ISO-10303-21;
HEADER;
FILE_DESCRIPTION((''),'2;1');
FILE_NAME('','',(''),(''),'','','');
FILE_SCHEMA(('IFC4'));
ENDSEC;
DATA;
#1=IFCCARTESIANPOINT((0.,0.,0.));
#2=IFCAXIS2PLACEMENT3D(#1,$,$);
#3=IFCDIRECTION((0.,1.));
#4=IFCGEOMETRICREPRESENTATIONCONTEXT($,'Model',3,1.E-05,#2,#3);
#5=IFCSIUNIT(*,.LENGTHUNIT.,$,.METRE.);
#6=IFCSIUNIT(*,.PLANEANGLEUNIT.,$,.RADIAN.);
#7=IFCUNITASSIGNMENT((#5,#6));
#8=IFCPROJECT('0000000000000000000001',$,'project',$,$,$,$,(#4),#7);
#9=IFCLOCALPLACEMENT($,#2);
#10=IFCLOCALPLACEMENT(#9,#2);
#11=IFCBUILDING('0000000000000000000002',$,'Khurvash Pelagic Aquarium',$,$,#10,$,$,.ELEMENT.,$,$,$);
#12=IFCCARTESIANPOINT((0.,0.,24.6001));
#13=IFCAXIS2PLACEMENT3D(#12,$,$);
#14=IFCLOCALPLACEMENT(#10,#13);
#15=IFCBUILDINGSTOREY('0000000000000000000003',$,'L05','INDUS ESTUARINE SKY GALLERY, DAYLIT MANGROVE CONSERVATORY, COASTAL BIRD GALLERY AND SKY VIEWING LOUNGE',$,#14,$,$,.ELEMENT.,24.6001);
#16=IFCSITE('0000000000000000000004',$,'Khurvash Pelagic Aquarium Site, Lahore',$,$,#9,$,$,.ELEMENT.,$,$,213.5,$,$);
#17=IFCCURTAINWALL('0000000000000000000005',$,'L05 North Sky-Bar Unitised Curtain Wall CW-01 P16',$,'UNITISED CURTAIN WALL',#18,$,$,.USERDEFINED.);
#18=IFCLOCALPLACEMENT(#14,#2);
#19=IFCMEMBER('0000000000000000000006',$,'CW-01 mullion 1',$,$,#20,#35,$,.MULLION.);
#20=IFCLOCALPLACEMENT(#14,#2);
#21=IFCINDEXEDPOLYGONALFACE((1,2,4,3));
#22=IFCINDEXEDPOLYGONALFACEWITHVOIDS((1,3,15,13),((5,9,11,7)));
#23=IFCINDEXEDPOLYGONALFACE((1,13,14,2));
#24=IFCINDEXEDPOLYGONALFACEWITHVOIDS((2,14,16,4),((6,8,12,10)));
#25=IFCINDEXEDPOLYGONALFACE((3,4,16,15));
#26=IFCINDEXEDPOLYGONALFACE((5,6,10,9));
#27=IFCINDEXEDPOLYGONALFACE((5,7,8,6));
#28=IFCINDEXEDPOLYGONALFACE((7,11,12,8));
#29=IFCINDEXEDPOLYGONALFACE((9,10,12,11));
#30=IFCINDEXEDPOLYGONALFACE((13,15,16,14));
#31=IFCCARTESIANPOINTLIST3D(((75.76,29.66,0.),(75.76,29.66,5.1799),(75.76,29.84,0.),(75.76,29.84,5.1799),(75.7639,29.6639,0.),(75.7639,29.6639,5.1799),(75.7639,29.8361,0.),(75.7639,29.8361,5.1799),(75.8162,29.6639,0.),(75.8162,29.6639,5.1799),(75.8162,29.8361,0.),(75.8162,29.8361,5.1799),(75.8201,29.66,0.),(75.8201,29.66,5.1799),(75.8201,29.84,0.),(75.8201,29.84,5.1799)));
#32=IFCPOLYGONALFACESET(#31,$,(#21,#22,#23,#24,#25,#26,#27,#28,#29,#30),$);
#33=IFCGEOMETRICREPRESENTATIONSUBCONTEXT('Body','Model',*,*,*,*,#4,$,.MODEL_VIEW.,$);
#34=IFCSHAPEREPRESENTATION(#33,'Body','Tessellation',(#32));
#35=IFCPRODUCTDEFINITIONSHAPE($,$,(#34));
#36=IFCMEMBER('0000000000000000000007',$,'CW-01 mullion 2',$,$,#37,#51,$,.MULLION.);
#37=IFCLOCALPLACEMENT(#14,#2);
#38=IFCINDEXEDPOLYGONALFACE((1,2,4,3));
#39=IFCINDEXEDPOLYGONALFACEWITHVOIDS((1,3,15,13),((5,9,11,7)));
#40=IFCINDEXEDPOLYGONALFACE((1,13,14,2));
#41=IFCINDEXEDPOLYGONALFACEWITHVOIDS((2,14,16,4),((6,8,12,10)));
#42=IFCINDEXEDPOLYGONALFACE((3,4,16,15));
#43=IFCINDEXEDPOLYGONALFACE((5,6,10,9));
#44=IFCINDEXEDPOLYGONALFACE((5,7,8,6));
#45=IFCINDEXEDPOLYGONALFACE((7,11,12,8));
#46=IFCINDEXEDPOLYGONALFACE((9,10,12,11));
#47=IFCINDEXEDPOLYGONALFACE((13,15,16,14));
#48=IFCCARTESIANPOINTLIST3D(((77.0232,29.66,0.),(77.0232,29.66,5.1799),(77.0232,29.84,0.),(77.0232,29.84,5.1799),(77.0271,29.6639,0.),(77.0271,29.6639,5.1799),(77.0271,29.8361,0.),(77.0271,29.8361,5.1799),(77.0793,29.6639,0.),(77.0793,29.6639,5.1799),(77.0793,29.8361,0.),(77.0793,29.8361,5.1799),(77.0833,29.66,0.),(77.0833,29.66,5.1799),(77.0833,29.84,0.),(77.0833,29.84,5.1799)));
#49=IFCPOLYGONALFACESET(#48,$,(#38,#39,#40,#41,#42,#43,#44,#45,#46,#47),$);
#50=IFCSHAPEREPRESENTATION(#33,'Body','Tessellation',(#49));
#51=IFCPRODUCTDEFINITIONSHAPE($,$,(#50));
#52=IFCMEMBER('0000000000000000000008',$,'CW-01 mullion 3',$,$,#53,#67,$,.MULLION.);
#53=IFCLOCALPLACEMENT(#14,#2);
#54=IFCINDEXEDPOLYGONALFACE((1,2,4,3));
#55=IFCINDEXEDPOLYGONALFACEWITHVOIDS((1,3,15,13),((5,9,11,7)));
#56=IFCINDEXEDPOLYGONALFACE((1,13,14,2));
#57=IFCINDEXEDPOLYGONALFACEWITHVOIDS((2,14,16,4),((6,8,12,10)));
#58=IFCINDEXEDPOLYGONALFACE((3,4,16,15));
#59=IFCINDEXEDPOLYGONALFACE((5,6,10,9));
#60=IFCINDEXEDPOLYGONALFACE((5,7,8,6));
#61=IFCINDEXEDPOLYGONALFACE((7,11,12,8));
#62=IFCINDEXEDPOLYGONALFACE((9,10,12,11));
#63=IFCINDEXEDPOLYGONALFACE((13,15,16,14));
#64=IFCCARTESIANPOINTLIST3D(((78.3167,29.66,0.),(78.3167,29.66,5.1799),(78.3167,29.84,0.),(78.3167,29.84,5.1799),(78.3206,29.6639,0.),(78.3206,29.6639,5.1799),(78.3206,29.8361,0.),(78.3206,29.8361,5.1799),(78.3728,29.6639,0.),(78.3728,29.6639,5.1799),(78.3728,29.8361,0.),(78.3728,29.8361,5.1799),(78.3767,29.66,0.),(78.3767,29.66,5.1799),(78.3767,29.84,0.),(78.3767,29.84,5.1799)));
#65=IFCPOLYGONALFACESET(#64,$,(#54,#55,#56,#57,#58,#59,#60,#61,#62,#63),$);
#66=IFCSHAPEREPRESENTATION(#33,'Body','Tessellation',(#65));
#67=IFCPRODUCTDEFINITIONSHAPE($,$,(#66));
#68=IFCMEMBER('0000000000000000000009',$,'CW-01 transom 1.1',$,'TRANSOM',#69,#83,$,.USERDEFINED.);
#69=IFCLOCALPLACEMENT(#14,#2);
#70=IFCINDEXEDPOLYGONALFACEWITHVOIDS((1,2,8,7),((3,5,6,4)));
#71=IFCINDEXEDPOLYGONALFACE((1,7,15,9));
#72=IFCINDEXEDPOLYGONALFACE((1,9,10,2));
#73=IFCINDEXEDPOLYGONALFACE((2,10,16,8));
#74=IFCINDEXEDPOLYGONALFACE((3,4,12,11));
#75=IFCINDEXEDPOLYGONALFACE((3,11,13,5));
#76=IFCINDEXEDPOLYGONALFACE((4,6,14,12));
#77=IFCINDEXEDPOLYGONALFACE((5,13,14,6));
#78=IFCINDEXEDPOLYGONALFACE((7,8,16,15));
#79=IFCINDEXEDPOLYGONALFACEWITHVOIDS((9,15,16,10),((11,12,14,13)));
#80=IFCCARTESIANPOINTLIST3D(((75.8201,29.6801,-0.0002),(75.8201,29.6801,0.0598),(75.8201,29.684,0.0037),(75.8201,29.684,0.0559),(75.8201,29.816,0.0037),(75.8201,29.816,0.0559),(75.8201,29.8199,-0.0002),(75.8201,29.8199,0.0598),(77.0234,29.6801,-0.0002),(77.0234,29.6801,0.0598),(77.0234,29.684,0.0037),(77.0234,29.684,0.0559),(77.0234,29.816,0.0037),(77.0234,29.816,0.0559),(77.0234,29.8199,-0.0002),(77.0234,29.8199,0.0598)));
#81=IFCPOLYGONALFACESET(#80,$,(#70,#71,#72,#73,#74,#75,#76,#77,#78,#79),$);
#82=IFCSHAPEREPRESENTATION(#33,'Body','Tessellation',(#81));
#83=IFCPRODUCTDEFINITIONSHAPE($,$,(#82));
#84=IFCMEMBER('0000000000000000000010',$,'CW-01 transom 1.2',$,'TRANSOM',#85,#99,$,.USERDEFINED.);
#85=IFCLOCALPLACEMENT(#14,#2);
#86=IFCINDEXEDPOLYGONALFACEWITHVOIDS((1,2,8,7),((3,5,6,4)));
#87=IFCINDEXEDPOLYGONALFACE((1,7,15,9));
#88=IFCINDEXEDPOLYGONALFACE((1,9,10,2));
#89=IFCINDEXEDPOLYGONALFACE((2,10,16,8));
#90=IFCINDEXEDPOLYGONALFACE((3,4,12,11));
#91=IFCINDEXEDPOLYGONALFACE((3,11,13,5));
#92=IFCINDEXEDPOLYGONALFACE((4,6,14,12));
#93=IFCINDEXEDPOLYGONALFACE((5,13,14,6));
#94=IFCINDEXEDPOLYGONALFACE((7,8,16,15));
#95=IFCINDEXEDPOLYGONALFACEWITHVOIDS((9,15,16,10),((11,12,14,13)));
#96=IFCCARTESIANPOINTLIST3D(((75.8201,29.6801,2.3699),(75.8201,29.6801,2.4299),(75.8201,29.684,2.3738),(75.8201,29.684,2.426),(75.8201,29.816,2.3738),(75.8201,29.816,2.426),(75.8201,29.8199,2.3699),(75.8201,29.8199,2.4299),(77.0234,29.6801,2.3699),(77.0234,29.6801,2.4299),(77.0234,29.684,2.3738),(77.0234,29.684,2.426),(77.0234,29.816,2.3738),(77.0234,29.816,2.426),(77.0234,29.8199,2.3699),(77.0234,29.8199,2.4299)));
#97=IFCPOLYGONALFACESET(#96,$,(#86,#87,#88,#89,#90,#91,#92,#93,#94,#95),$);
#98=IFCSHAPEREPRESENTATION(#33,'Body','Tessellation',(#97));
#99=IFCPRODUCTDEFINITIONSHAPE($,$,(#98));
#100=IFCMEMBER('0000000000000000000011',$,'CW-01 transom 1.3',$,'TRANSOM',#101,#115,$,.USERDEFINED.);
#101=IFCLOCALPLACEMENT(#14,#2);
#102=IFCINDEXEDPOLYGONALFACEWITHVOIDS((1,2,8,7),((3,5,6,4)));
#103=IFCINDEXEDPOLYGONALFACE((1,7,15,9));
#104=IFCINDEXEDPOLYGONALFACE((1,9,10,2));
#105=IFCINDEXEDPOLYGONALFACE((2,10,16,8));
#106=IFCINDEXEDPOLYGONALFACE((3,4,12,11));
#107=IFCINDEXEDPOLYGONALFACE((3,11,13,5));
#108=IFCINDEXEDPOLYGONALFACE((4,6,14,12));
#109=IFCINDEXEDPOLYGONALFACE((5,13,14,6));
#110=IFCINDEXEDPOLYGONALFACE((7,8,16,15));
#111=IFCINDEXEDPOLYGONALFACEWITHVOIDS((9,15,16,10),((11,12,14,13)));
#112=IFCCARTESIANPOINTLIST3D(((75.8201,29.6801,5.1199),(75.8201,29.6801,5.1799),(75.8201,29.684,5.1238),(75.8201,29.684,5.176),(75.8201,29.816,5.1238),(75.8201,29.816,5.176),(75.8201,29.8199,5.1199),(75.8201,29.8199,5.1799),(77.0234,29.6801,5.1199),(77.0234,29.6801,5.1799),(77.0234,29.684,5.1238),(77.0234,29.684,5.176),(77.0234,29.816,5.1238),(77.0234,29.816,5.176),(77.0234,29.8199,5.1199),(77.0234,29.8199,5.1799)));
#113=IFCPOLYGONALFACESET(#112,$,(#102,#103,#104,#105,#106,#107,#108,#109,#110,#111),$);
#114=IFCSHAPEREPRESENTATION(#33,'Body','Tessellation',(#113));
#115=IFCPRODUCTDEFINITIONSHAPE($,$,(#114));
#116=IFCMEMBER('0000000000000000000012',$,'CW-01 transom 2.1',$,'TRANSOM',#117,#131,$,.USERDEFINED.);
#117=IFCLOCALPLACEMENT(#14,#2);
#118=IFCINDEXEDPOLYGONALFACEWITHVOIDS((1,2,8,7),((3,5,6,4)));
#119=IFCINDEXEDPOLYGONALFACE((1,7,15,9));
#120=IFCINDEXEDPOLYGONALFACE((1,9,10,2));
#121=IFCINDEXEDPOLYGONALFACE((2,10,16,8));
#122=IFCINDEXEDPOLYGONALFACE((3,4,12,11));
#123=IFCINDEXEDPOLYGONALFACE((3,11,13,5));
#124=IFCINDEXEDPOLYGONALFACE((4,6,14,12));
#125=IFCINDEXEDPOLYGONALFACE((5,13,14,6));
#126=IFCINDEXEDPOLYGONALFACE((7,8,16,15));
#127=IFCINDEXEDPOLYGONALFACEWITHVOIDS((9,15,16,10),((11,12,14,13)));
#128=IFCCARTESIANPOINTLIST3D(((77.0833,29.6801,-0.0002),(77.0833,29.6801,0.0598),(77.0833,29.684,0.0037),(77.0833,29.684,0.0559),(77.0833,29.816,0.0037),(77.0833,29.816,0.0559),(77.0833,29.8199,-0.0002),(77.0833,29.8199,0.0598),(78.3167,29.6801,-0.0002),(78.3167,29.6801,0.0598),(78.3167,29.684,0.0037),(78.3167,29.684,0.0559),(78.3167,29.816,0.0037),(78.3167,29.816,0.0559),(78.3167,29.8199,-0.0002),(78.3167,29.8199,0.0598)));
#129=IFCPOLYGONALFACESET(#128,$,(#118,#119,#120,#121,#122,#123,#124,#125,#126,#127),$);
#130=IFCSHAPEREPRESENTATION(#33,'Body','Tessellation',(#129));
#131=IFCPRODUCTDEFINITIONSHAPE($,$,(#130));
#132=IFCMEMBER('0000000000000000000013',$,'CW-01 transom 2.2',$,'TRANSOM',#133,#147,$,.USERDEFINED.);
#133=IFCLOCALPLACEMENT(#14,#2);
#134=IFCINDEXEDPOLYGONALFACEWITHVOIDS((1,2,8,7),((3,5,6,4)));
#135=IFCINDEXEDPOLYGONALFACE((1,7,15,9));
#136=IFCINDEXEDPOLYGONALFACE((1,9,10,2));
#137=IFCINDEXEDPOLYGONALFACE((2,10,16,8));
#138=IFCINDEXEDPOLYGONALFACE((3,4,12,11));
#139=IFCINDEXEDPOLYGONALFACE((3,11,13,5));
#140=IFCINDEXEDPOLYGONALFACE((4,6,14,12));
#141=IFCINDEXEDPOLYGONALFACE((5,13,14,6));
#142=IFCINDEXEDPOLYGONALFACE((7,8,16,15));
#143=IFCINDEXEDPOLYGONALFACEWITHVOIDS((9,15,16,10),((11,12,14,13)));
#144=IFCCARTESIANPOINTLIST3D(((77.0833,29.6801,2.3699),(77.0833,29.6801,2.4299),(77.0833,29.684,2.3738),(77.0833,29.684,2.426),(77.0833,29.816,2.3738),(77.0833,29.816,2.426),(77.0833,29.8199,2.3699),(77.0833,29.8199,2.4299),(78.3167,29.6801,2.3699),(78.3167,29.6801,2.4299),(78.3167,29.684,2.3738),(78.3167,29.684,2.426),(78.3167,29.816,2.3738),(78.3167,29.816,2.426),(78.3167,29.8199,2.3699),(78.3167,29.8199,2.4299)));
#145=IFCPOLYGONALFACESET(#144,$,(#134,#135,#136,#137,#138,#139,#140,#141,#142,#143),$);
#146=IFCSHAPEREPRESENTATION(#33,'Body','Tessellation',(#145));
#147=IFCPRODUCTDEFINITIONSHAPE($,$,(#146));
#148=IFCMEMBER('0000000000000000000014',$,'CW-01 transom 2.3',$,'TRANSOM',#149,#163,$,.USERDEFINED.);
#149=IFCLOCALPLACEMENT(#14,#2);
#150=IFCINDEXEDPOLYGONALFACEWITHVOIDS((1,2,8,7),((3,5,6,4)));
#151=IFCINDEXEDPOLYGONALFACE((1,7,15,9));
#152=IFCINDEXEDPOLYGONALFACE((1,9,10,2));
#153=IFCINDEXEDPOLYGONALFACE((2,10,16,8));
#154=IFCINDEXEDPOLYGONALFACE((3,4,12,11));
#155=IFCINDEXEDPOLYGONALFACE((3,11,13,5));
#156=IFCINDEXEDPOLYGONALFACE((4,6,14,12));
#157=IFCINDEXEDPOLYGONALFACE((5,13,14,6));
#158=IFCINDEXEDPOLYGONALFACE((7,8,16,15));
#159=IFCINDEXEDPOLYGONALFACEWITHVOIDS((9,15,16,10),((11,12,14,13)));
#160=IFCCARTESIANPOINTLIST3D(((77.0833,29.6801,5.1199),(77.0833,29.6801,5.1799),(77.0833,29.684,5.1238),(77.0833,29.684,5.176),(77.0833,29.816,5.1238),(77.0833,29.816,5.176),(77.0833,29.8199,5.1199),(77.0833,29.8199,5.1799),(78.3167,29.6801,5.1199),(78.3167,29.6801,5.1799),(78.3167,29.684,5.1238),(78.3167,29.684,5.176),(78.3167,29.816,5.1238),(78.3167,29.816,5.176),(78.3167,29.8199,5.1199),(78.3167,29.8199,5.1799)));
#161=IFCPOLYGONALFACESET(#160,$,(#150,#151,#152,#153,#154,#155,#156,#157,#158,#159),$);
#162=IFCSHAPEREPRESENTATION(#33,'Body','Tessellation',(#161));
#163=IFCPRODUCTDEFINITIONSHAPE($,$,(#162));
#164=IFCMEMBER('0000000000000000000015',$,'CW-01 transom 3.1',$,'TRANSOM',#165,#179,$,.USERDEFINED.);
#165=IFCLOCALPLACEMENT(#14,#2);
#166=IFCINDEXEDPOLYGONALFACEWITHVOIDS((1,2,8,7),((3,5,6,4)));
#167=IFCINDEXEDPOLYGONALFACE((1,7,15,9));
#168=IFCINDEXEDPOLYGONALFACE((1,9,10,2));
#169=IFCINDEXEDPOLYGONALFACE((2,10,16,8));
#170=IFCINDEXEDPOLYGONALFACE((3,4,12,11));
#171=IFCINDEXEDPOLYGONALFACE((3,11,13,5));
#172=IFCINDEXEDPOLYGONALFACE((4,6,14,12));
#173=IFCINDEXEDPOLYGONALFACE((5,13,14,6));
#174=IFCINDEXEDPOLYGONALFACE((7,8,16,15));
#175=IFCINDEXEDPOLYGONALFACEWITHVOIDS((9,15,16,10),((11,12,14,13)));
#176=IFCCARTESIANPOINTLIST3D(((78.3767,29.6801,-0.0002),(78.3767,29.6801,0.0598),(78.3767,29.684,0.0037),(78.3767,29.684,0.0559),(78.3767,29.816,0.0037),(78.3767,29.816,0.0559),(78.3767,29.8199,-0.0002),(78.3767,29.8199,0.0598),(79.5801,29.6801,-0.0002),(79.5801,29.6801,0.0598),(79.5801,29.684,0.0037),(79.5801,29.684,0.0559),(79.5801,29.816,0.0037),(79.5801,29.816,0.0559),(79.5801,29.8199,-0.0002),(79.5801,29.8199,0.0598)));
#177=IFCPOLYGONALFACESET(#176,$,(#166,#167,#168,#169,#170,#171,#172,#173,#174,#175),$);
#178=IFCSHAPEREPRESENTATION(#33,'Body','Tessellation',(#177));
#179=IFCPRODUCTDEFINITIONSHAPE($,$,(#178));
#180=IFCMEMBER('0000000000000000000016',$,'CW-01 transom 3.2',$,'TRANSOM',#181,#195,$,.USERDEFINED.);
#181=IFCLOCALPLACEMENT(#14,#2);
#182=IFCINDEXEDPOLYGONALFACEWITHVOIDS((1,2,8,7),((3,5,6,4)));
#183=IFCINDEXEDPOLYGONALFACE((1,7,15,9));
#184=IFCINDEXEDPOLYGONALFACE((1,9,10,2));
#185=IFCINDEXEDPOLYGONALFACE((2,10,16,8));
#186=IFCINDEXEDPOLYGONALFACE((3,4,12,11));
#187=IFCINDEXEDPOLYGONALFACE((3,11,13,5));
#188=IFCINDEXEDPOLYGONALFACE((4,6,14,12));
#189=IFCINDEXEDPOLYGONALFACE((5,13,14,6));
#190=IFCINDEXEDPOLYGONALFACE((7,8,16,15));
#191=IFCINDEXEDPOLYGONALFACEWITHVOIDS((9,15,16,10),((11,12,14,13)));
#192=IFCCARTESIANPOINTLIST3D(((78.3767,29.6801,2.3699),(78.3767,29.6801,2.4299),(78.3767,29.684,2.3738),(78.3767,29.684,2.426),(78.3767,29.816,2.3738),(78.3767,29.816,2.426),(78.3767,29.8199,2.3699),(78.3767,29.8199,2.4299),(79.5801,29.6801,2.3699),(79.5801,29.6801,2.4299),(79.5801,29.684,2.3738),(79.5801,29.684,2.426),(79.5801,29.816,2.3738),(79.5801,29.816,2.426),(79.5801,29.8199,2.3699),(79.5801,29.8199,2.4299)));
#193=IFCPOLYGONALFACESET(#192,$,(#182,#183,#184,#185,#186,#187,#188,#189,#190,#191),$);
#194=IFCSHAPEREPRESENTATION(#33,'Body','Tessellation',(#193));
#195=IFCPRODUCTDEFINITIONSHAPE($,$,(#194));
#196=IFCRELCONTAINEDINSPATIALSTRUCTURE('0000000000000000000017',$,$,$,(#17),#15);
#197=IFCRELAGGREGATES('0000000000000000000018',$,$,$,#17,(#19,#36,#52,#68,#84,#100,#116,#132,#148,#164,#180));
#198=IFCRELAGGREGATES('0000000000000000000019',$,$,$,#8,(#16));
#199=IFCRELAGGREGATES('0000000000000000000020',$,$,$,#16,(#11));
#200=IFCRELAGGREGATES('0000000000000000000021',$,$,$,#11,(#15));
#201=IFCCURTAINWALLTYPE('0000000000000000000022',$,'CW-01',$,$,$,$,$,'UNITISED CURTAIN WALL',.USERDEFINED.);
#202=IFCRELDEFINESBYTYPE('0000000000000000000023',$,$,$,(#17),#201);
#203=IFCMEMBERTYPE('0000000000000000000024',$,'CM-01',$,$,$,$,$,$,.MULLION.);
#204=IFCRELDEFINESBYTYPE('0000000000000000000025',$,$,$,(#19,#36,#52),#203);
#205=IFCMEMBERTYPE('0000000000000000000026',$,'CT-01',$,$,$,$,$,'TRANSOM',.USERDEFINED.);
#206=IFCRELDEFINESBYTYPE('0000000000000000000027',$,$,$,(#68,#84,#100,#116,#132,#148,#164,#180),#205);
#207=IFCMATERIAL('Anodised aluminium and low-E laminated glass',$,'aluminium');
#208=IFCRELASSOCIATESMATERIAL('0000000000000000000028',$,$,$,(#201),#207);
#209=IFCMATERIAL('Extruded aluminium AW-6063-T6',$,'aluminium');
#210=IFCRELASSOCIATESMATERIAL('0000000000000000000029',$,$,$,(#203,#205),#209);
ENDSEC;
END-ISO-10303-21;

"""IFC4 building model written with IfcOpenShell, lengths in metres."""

from ifc_helpers import new_model, si_unit, direction, frame, origin, origin_2d, place, context, subcontext, project, spatial, hollow_rectangle, extrude, material, material_profile, profile_set, type_object, element, aggregate, save


model = new_model("IFC4")

# Units and contexts
model_context = context("Model", 3, precision=1e-05, world=origin(), true_north=direction((0.0, 1.0)))
body_context = subcontext(model_context, "Body", "Model", "MODEL_VIEW")
ifc_project = project(units=[si_unit("LENGTHUNIT", "METRE"), si_unit("PLANEANGLEUNIT", "RADIAN")], contexts=[model_context])

# Site, building, storey
site_placement = place(None, origin())
site = spatial("IfcSite", under=ifc_project, at=site_placement, Name="Khurvash Pelagic Aquarium Site, Lahore", CompositionType="ELEMENT", RefElevation=213.5)
building_placement = place(site_placement, origin())
building = spatial("IfcBuilding", under=site, at=building_placement, Name="Khurvash Pelagic Aquarium", CompositionType="ELEMENT")
storey_placement = place(building_placement, frame((0.0, 0.0, 24.6001)))
storey = spatial("IfcBuildingStorey", under=building, at=storey_placement, Name="L05", Description="INDUS ESTUARINE SKY GALLERY, DAYLIT MANGROVE CONSERVATORY, COASTAL BIRD GALLERY AND SKY VIEWING LOUNGE", CompositionType="ELEMENT", Elevation=24.6001)

# Curtain wall, members
ifc_material_1 = material(Name="Anodised aluminium and low-E laminated glass", Category="aluminium")
curtain_wall_type = type_object("IfcCurtainWallType", Name="CW-01", ElementType="UNITISED CURTAIN WALL", PredefinedType="USERDEFINED", material=ifc_material_1)
curtain_wall_placement = place(storey_placement, origin())
curtain_wall = element("IfcCurtainWall", 1, at=curtain_wall_placement, inside=storey, type_object=curtain_wall_type, Name="L05 North Sky-Bar Unitised Curtain Wall CW-01 P16", ObjectType="UNITISED CURTAIN WALL", PredefinedType="USERDEFINED")
ifc_material_2 = material(Name="Extruded aluminium AW-6063-T6", Category="aluminium")
ifc_material_profile_1 = material_profile(ifc_material_2, hollow_rectangle(XDim=0.0601, YDim=0.1799, WallThickness=0.0039, at=origin_2d()), Name="CWM60X180X4")
ifc_profile_set_1 = profile_set([ifc_material_profile_1], Name="Extruded aluminium AW-6063-T6")
member_type_1 = type_object("IfcMemberType", Name="CM-01", PredefinedType="MULLION", material=ifc_profile_set_1)
member_1_placement = place(storey_placement, frame((75.79, 29.75, 0.0), z_axis=(0.0, 0.0, 1.0), x_axis=(1.0, 0.0, 0.0)))
member_1 = element("IfcMember", 2, at=member_1_placement, type_object=member_type_1, Name="CW-01 mullion 1", PredefinedType="MULLION", context=body_context, shape_type="SweptSolid", body=[
    extrude(hollow_rectangle(XDim=0.0601, YDim=0.1799, WallThickness=0.0039, at=origin_2d()), origin(), (0.0, 0.0, 1.0), 5.1799),
])
member_2_placement = place(storey_placement, frame((77.0532, 29.75, 0.0), z_axis=(0.0, 0.0, 1.0), x_axis=(1.0, 0.0, 0.0)))
member_2 = element("IfcMember", 3, at=member_2_placement, type_object=member_type_1, Name="CW-01 mullion 2", PredefinedType="MULLION", context=body_context, shape_type="SweptSolid", body=[
    extrude(hollow_rectangle(XDim=0.0601, YDim=0.1799, WallThickness=0.0039, at=origin_2d()), origin(), (0.0, 0.0, 1.0), 5.1799),
])
member_3_placement = place(storey_placement, frame((78.3467, 29.75, 0.0), z_axis=(0.0, 0.0, 1.0), x_axis=(1.0, 0.0, 0.0)))
member_3 = element("IfcMember", 4, at=member_3_placement, type_object=member_type_1, Name="CW-01 mullion 3", PredefinedType="MULLION", context=body_context, shape_type="SweptSolid", body=[
    extrude(hollow_rectangle(XDim=0.0601, YDim=0.1799, WallThickness=0.0039, at=origin_2d()), origin(), (0.0, 0.0, 1.0), 5.1799),
])
ifc_material_profile_2 = material_profile(ifc_material_2, hollow_rectangle(XDim=0.1399, YDim=0.0601, WallThickness=0.0039, at=origin_2d()), Name="CWT140X60X4")
ifc_profile_set_2 = profile_set([ifc_material_profile_2], Name="Extruded aluminium AW-6063-T6")
member_type_2 = type_object("IfcMemberType", Name="CT-01", ElementType="TRANSOM", PredefinedType="USERDEFINED", material=ifc_profile_set_2)
member_4_placement = place(storey_placement, frame((75.8201, 29.75, 0.0298), z_axis=(1.0, 0.0, 0.0), x_axis=(0.0, 1.0, 0.0)))
member_4 = element("IfcMember", 5, at=member_4_placement, type_object=member_type_2, Name="CW-01 transom 1.1", ObjectType="TRANSOM", PredefinedType="USERDEFINED", context=body_context, shape_type="SweptSolid", body=[
    extrude(hollow_rectangle(XDim=0.1399, YDim=0.0601, WallThickness=0.0039, at=origin_2d()), origin(), (0.0, 0.0, 1.0), 1.2034),
])
member_5_placement = place(storey_placement, frame((75.8201, 29.75, 2.3999), z_axis=(1.0, 0.0, 0.0), x_axis=(0.0, 1.0, 0.0)))
member_5 = element("IfcMember", 6, at=member_5_placement, type_object=member_type_2, Name="CW-01 transom 1.2", ObjectType="TRANSOM", PredefinedType="USERDEFINED", context=body_context, shape_type="SweptSolid", body=[
    extrude(hollow_rectangle(XDim=0.1399, YDim=0.0601, WallThickness=0.0039, at=origin_2d()), origin(), (0.0, 0.0, 1.0), 1.2034),
])
member_6_placement = place(storey_placement, frame((75.8201, 29.75, 5.1499), z_axis=(1.0, 0.0, 0.0), x_axis=(0.0, 1.0, 0.0)))
member_6 = element("IfcMember", 7, at=member_6_placement, type_object=member_type_2, Name="CW-01 transom 1.3", ObjectType="TRANSOM", PredefinedType="USERDEFINED", context=body_context, shape_type="SweptSolid", body=[
    extrude(hollow_rectangle(XDim=0.1399, YDim=0.0601, WallThickness=0.0039, at=origin_2d()), origin(), (0.0, 0.0, 1.0), 1.2034),
])
member_7_placement = place(storey_placement, frame((77.0833, 29.75, 0.0298), z_axis=(1.0, 0.0, 0.0), x_axis=(0.0, 1.0, 0.0)))
member_7 = element("IfcMember", 8, at=member_7_placement, type_object=member_type_2, Name="CW-01 transom 2.1", ObjectType="TRANSOM", PredefinedType="USERDEFINED", context=body_context, shape_type="SweptSolid", body=[
    extrude(hollow_rectangle(XDim=0.1399, YDim=0.0601, WallThickness=0.0039, at=origin_2d()), origin(), (0.0, 0.0, 1.0), 1.2334),
])
member_8_placement = place(storey_placement, frame((77.0833, 29.75, 2.3999), z_axis=(1.0, 0.0, 0.0), x_axis=(0.0, 1.0, 0.0)))
member_8 = element("IfcMember", 9, at=member_8_placement, type_object=member_type_2, Name="CW-01 transom 2.2", ObjectType="TRANSOM", PredefinedType="USERDEFINED", context=body_context, shape_type="SweptSolid", body=[
    extrude(hollow_rectangle(XDim=0.1399, YDim=0.0601, WallThickness=0.0039, at=origin_2d()), origin(), (0.0, 0.0, 1.0), 1.2334),
])
member_9_placement = place(storey_placement, frame((77.0833, 29.75, 5.1499), z_axis=(1.0, 0.0, 0.0), x_axis=(0.0, 1.0, 0.0)))
member_9 = element("IfcMember", 10, at=member_9_placement, type_object=member_type_2, Name="CW-01 transom 2.3", ObjectType="TRANSOM", PredefinedType="USERDEFINED", context=body_context, shape_type="SweptSolid", body=[
    extrude(hollow_rectangle(XDim=0.1399, YDim=0.0601, WallThickness=0.0039, at=origin_2d()), origin(), (0.0, 0.0, 1.0), 1.2334),
])
member_10_placement = place(storey_placement, frame((78.3767, 29.75, 0.0298), z_axis=(1.0, 0.0, 0.0), x_axis=(0.0, 1.0, 0.0)))
member_10 = element("IfcMember", 11, at=member_10_placement, type_object=member_type_2, Name="CW-01 transom 3.1", ObjectType="TRANSOM", PredefinedType="USERDEFINED", context=body_context, shape_type="SweptSolid", body=[
    extrude(hollow_rectangle(XDim=0.1399, YDim=0.0601, WallThickness=0.0039, at=origin_2d()), origin(), (0.0, 0.0, 1.0), 1.2034),
])
member_11_placement = place(storey_placement, frame((78.3767, 29.75, 2.3999), z_axis=(1.0, 0.0, 0.0), x_axis=(0.0, 1.0, 0.0)))
member_11 = element("IfcMember", 12, at=member_11_placement, type_object=member_type_2, Name="CW-01 transom 3.2", ObjectType="TRANSOM", PredefinedType="USERDEFINED", context=body_context, shape_type="SweptSolid", body=[
    extrude(hollow_rectangle(XDim=0.1399, YDim=0.0601, WallThickness=0.0039, at=origin_2d()), origin(), (0.0, 0.0, 1.0), 1.2034),
])

aggregate(curtain_wall, [member_1, member_2, member_3, member_4, member_5, member_6, member_7, member_8, member_9, member_10, member_11])

save(model, "model.ifc")
